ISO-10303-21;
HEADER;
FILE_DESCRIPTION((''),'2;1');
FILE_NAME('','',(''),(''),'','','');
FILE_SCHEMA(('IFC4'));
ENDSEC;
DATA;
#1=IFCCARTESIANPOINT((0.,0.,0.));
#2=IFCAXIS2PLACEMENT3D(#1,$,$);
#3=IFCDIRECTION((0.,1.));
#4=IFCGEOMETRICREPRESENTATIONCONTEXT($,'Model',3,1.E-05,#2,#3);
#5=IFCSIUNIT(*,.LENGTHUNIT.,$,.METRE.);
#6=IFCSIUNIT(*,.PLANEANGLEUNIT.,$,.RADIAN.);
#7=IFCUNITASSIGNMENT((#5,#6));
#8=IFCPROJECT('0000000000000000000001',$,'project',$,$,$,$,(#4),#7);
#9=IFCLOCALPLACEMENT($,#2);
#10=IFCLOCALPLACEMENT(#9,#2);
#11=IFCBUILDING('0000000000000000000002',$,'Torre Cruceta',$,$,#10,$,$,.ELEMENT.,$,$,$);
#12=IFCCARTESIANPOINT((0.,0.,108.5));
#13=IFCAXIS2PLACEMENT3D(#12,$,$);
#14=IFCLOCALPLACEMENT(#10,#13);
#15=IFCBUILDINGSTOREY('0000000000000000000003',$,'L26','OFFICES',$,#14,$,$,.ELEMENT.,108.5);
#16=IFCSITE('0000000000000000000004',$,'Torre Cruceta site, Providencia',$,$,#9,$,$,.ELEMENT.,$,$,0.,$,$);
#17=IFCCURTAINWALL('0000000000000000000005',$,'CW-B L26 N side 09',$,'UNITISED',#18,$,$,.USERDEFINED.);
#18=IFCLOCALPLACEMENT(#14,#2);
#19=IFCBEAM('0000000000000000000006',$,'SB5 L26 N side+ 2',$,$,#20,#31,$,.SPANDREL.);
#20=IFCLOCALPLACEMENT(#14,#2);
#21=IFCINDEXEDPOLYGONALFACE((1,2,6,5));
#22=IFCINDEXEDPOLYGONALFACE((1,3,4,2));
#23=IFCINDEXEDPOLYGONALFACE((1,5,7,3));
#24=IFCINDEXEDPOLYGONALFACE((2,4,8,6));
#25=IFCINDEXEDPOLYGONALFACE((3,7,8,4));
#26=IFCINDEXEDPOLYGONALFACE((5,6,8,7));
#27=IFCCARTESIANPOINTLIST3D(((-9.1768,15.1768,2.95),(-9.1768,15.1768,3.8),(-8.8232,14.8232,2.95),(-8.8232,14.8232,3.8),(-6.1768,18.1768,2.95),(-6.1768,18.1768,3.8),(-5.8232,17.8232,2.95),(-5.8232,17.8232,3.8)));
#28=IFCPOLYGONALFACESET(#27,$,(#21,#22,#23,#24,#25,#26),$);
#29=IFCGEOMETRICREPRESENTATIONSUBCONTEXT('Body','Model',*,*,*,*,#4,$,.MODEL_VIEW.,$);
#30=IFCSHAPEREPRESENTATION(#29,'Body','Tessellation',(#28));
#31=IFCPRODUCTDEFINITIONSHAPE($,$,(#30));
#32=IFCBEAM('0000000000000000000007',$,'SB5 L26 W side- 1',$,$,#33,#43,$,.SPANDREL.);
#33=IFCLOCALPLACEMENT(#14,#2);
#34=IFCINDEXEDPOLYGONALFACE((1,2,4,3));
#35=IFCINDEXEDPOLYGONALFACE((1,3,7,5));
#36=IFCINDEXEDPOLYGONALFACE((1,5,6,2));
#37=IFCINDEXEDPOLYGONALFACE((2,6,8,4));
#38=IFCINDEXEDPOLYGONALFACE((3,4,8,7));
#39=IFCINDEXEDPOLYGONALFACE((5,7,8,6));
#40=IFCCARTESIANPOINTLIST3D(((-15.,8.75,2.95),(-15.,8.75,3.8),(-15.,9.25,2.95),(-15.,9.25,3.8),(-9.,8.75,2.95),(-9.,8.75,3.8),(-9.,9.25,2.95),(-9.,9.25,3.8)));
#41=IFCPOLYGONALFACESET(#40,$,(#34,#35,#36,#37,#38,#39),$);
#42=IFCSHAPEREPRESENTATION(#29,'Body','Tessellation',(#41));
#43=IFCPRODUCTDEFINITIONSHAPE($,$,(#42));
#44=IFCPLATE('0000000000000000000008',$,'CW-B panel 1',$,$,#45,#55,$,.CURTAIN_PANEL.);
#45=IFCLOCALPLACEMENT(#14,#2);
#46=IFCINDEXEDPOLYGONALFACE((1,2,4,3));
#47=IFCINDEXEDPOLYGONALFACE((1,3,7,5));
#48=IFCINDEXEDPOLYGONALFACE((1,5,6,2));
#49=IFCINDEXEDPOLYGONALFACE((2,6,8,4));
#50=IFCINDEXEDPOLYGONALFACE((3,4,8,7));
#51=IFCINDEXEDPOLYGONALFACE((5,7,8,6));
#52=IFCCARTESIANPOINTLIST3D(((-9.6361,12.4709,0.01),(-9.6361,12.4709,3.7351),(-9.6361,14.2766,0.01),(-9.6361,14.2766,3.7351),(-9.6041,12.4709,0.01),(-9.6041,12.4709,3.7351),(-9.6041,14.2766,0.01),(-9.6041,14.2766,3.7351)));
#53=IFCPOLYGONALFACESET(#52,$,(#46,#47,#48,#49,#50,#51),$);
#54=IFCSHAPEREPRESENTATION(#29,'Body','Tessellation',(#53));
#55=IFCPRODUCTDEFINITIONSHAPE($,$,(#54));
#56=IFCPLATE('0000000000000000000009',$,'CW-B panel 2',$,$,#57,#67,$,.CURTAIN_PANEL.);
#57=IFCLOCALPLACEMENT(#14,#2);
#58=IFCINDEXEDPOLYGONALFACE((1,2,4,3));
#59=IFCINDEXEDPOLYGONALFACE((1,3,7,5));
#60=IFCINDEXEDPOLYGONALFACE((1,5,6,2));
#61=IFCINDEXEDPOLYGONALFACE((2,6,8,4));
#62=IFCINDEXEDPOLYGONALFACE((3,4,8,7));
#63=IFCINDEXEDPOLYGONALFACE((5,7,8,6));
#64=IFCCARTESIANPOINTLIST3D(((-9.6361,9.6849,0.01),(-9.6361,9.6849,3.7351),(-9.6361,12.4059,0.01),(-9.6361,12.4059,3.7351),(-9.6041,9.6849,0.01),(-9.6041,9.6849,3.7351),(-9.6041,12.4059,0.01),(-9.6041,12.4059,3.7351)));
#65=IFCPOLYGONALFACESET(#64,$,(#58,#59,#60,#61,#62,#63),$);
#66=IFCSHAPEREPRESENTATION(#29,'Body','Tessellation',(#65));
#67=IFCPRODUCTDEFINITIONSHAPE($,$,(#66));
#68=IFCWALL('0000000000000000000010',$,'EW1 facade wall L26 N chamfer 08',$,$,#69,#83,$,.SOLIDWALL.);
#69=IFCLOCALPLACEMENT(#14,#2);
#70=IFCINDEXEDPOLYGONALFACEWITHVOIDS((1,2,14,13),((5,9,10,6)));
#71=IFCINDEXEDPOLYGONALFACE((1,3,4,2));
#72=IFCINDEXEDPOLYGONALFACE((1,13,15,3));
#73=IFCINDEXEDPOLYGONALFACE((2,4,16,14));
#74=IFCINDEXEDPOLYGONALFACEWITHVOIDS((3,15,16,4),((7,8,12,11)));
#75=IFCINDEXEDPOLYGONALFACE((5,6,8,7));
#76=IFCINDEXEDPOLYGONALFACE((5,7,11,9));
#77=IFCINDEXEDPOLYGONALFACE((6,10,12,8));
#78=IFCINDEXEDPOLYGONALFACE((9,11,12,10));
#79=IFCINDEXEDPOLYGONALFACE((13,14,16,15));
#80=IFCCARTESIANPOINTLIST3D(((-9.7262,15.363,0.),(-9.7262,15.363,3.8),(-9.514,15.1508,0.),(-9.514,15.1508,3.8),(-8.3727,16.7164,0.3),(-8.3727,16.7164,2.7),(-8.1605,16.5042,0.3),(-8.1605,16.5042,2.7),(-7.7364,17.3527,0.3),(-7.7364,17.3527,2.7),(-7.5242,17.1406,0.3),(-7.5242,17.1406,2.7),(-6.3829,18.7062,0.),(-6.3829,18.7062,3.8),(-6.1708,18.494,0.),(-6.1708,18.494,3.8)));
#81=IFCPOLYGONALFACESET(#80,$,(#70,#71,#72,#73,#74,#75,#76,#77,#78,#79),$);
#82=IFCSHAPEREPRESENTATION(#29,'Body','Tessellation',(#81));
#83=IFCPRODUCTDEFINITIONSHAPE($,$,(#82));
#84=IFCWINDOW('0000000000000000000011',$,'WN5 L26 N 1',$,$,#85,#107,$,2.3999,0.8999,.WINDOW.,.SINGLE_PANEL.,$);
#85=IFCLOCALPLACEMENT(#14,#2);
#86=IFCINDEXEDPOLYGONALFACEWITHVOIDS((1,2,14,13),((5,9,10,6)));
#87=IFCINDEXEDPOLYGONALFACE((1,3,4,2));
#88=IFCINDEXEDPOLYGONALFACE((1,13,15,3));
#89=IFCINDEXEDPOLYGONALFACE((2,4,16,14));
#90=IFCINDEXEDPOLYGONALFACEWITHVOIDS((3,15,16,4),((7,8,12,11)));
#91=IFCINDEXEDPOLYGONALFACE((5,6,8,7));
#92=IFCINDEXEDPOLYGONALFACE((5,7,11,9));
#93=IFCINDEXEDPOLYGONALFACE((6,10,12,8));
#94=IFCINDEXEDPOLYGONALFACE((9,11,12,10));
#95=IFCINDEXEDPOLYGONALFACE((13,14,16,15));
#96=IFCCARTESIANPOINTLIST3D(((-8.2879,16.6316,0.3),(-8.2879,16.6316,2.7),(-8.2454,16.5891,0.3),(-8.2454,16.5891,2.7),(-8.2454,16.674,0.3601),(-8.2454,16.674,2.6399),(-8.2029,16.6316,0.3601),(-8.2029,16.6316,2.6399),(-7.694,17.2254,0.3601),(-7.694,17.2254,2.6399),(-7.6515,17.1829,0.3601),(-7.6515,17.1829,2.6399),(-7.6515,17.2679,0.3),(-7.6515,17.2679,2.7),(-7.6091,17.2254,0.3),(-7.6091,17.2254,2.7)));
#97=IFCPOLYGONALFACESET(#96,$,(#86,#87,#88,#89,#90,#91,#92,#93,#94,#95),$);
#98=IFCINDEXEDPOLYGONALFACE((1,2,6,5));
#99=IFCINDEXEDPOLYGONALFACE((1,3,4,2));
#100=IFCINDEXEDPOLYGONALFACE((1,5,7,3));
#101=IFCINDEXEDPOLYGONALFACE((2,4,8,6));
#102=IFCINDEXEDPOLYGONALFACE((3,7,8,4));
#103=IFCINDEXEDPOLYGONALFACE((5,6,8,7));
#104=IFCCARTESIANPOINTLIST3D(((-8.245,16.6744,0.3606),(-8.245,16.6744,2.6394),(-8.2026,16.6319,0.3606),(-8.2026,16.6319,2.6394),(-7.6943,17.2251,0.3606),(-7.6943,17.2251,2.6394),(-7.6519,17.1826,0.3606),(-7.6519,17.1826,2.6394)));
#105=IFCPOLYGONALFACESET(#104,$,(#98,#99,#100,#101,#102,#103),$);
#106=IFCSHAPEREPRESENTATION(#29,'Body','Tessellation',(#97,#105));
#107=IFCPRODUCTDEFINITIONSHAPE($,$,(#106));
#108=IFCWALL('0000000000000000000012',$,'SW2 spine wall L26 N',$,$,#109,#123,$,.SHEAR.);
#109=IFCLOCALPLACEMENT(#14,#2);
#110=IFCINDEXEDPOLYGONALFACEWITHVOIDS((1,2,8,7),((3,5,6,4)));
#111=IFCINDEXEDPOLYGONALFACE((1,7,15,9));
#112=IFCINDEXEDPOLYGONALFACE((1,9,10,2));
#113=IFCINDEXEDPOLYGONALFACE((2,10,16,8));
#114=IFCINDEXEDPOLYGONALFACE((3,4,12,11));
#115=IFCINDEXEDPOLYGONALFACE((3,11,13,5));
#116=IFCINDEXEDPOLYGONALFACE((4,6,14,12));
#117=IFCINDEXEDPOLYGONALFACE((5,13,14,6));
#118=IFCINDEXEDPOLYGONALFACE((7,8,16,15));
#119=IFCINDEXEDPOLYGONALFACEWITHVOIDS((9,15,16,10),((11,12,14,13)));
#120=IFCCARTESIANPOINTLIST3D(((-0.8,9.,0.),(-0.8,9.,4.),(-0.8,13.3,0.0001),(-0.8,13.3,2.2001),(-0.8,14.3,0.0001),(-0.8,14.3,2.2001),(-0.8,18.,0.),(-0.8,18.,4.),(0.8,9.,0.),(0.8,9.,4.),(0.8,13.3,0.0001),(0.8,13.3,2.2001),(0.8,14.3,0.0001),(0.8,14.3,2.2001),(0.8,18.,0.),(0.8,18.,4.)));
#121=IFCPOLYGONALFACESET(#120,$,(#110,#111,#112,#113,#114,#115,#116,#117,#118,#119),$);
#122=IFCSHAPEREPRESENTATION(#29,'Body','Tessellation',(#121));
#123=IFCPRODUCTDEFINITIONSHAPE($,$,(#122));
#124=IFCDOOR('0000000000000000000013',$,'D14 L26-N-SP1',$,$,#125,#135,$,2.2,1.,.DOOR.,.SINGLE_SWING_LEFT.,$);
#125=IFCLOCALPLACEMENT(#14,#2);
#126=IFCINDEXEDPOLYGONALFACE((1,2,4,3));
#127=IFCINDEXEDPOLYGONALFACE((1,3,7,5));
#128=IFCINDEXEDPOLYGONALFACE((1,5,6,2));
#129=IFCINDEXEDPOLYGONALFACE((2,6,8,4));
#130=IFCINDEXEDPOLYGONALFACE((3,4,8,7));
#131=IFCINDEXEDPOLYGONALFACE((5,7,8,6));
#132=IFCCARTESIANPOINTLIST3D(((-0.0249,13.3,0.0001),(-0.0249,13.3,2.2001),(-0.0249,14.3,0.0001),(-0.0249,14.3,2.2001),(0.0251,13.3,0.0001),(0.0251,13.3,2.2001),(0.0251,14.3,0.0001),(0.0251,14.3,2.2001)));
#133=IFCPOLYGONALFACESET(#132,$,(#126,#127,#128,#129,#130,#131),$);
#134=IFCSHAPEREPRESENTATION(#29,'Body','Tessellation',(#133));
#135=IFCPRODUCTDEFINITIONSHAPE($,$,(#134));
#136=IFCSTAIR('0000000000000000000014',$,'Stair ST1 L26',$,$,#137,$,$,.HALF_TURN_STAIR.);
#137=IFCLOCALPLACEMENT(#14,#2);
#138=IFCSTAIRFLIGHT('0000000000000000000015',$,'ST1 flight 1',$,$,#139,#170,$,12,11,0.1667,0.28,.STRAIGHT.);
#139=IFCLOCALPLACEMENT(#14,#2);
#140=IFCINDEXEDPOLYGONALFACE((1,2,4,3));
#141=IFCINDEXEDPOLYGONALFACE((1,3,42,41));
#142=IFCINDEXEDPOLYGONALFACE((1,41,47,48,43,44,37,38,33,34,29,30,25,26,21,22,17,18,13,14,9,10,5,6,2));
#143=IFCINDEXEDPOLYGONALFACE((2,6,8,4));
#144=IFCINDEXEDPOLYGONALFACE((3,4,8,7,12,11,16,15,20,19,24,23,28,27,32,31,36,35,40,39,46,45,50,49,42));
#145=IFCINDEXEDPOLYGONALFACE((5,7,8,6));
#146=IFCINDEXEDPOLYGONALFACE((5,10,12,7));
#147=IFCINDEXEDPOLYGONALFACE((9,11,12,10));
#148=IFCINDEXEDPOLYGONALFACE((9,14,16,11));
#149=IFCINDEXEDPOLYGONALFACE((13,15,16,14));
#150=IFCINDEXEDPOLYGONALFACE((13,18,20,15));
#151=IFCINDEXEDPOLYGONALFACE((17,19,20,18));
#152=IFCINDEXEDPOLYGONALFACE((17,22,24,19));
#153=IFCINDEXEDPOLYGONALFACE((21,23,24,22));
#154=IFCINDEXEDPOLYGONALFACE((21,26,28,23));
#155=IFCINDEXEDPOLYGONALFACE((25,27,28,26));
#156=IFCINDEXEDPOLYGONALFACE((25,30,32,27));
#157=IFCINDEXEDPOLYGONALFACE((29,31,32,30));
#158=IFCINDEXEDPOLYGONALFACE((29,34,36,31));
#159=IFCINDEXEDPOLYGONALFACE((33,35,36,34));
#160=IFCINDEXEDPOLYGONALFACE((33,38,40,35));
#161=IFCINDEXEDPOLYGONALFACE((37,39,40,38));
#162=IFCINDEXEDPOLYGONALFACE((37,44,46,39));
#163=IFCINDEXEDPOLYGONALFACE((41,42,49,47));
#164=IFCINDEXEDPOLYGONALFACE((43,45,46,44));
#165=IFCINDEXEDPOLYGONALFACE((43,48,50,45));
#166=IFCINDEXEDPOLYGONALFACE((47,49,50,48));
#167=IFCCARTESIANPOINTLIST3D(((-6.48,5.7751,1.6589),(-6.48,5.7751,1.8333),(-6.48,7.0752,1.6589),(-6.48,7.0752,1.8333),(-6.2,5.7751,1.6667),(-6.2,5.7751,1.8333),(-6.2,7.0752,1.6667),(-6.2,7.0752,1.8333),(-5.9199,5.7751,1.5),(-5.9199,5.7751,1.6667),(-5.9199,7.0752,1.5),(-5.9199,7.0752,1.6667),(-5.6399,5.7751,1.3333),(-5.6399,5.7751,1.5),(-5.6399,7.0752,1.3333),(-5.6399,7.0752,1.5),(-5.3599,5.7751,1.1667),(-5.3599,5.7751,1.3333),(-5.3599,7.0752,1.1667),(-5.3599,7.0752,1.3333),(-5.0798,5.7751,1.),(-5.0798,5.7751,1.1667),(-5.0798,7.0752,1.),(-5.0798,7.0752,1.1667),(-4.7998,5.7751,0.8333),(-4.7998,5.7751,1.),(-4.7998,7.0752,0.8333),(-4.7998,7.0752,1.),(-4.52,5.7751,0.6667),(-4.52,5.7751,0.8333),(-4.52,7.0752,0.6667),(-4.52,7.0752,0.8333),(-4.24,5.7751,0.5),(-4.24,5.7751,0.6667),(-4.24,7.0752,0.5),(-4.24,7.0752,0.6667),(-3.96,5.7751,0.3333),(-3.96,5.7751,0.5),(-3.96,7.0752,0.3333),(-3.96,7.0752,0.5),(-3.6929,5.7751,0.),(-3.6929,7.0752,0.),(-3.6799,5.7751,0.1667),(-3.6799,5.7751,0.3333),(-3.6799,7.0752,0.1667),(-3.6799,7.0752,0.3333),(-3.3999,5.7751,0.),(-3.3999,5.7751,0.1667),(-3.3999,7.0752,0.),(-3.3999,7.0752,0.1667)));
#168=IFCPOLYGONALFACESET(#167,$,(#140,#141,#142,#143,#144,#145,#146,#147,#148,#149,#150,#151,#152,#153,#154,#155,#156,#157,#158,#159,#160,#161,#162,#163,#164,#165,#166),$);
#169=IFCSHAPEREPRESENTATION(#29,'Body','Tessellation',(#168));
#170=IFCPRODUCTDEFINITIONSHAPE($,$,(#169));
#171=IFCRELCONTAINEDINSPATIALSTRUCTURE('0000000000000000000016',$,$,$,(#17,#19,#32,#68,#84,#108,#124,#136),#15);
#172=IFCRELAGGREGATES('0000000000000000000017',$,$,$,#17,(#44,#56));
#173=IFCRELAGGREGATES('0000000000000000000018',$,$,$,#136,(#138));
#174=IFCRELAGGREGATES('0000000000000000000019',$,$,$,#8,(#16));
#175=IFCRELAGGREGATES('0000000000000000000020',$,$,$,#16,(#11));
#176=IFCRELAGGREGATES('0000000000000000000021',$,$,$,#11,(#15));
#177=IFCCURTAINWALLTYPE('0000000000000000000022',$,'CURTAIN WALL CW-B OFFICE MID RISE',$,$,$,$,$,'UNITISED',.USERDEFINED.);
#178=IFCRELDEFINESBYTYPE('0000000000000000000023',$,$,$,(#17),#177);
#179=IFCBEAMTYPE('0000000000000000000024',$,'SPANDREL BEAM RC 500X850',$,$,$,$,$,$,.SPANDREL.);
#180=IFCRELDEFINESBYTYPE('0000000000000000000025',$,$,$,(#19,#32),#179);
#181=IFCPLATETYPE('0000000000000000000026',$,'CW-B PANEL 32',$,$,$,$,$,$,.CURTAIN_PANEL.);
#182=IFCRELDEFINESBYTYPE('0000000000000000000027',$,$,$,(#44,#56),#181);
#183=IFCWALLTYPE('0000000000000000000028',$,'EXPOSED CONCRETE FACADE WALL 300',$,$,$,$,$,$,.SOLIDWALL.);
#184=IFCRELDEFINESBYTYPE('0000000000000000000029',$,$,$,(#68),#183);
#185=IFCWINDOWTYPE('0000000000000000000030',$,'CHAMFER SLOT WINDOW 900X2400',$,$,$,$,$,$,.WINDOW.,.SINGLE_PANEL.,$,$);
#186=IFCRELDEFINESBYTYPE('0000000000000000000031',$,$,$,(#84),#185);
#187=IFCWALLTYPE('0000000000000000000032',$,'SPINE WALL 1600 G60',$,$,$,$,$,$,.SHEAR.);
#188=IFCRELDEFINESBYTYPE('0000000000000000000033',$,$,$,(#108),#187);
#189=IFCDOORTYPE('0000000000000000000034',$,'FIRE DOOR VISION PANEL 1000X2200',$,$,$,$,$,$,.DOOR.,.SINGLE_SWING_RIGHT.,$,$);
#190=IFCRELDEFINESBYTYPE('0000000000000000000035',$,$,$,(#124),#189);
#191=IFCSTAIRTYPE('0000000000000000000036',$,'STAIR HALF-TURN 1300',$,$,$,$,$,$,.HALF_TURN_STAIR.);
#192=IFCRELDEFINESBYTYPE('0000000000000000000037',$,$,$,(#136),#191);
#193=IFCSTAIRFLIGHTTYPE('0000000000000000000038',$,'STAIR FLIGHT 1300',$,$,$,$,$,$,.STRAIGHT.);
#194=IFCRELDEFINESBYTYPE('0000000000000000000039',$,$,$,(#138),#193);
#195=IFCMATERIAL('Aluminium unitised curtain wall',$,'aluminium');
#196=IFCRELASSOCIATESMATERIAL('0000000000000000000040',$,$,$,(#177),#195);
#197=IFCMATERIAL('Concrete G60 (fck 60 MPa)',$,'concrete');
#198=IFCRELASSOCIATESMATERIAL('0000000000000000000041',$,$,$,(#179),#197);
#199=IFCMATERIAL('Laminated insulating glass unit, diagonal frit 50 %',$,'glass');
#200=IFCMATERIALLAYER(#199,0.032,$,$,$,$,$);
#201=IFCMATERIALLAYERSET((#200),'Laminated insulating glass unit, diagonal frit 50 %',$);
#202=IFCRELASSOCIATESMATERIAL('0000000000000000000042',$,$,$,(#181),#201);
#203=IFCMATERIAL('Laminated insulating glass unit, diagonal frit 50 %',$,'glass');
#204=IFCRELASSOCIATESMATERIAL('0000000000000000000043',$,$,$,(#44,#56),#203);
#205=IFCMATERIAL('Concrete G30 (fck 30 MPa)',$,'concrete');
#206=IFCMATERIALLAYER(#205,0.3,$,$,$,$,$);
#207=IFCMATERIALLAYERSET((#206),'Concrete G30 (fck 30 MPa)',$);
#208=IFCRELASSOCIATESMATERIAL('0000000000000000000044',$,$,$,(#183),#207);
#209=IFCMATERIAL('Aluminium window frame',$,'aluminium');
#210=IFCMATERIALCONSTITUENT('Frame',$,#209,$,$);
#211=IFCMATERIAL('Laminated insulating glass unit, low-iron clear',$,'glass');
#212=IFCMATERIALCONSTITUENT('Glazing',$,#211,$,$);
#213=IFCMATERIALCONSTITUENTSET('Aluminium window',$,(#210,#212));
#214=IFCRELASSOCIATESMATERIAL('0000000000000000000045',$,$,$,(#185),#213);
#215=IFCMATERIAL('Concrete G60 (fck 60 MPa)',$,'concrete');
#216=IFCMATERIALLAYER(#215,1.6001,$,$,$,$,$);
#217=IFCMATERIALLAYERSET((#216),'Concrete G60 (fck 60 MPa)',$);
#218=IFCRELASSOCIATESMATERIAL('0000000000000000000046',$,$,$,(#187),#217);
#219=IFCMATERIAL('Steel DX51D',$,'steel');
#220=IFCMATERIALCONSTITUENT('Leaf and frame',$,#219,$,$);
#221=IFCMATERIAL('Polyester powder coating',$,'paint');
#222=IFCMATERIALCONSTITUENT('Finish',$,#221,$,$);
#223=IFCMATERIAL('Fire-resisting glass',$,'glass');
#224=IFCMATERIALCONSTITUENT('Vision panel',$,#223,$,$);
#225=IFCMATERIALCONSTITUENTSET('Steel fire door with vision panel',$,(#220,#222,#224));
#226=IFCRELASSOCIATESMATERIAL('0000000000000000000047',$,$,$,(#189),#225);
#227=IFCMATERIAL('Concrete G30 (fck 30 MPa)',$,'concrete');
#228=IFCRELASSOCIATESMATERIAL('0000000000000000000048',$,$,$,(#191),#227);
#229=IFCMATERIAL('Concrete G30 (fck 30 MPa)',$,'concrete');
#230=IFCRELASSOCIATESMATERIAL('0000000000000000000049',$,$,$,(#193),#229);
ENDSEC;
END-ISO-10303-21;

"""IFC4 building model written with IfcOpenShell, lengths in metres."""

from ifc_helpers import new_model, si_unit, direction, frame, frame_2d, origin, origin_2d, place, context, subcontext, project, spatial, polyline, rectangle, hollow_rectangle, outline, extrude, material, layer, layer_set, constituent, constituent_set, material_profile, profile_set, type_object, element, fill, aggregate, save


model = new_model("IFC4")

# Units and contexts
model_context = context("Model", 3, precision=1e-05, world=origin(), true_north=direction((0.0, 1.0)))
body_context = subcontext(model_context, "Body", "Model", "MODEL_VIEW")
ifc_project = project(units=[si_unit("LENGTHUNIT", "METRE"), si_unit("PLANEANGLEUNIT", "RADIAN")], contexts=[model_context])

# Site, building, storey
site_placement = place(None, origin())
site = spatial("IfcSite", under=ifc_project, at=site_placement, Name="Torre Cruceta site, Providencia", CompositionType="ELEMENT", RefElevation=0.0)
building_placement = place(site_placement, origin())
building = spatial("IfcBuilding", under=site, at=building_placement, Name="Torre Cruceta", CompositionType="ELEMENT")
storey_placement = place(building_placement, frame((0.0, 0.0, 108.5)))
storey = spatial("IfcBuildingStorey", under=building, at=storey_placement, Name="L26", Description="OFFICES", CompositionType="ELEMENT", Elevation=108.5)

# Curtain wall
ifc_material_1 = material(Name="Aluminium unitised curtain wall", Category="aluminium")
curtain_wall_type = type_object("IfcCurtainWallType", Name="CURTAIN WALL CW-B OFFICE MID RISE", ElementType="UNITISED", PredefinedType="USERDEFINED", material=ifc_material_1)
curtain_wall_placement = place(storey_placement, origin())
curtain_wall = element("IfcCurtainWall", 1, at=curtain_wall_placement, inside=storey, type_object=curtain_wall_type, Name="CW-B L26 N side 09", ObjectType="UNITISED", PredefinedType="USERDEFINED")

# Beams
ifc_material_2 = material(Name="Concrete G60 (fck 60 MPa)", Category="concrete")
ifc_material_profile_1 = material_profile(ifc_material_2, rectangle(XDim=0.5, YDim=0.8501, at=origin_2d()), Name="RC 500X850")
ifc_profile_set_1 = profile_set([ifc_material_profile_1], Name="Concrete G60 (fck 60 MPa)")
beam_type_1 = type_object("IfcBeamType", Name="SPANDREL BEAM RC 500X850", PredefinedType="SPANDREL", material=ifc_profile_set_1)
beam_1_placement = place(storey_placement, frame((-9.0, 15.0, 3.375), z_axis=(0.707107, 0.707107, 0.0), x_axis=(-0.707107, 0.707107, 0.0)))
element("IfcBeam", 2, at=beam_1_placement, inside=storey, type_object=beam_type_1, Name="SB5 L26 N side+ 2", PredefinedType="SPANDREL", context=body_context, shape_type="SweptSolid", body=[
    extrude(rectangle(XDim=0.5, YDim=0.8501, at=origin_2d()), origin(), (0.0, 0.0, 1.0), 4.2427),
])
beam_2_placement = place(storey_placement, frame((-9.0, 9.0, 3.375), z_axis=(-1.0, 0.0, 0.0), x_axis=(0.0, -1.0, 0.0)))
element("IfcBeam", 3, at=beam_2_placement, inside=storey, type_object=beam_type_1, Name="SB5 L26 W side- 1", PredefinedType="SPANDREL", context=body_context, shape_type="SweptSolid", body=[
    extrude(rectangle(XDim=0.5, YDim=0.8501, at=origin_2d()), origin(), (0.0, 0.0, 1.0), 6.0),
])

# Plates
ifc_material_3 = material(Name="Laminated insulating glass unit, diagonal frit 50 %", Category="glass")
ifc_material_4 = material(Name="Laminated insulating glass unit, diagonal frit 50 %", Category="glass")
ifc_layer_1 = layer(ifc_material_4, 0.032)
ifc_layer_set_1 = layer_set([ifc_layer_1], Name="Laminated insulating glass unit, diagonal frit 50 %")
plate_type = type_object("IfcPlateType", Name="CW-B PANEL 32", PredefinedType="CURTAIN_PANEL", material=ifc_layer_set_1)
plate_1_placement = place(storey_placement, frame((-9.6201, 13.3738, 0.01), z_axis=(0.0, 0.0, 1.0), x_axis=(0.0, -1.0, 0.0)))
plate_1 = element("IfcPlate", 4, at=plate_1_placement, type_object=plate_type, material=ifc_material_3, Name="CW-B panel 1", PredefinedType="CURTAIN_PANEL", context=body_context, shape_type="SweptSolid", body=[
    extrude(rectangle(XDim=1.8057, YDim=0.032, at=origin_2d()), origin(), (0.0, 0.0, 1.0), 3.7251),
])
plate_2_placement = place(storey_placement, frame((-9.6201, 11.0454, 0.01), z_axis=(0.0, 0.0, 1.0), x_axis=(0.0, -1.0, 0.0)))
plate_2 = element("IfcPlate", 5, at=plate_2_placement, type_object=plate_type, material=ifc_material_3, Name="CW-B panel 2", PredefinedType="CURTAIN_PANEL", context=body_context, shape_type="SweptSolid", body=[
    extrude(rectangle(XDim=2.7209, YDim=0.032, at=origin_2d()), origin(), (0.0, 0.0, 1.0), 3.7251),
])
aggregate(curtain_wall, [plate_1, plate_2])

# Wall, opening, window
ifc_material_5 = material(Name="Concrete G30 (fck 30 MPa)", Category="concrete")
ifc_layer_2 = layer(ifc_material_5, 0.3)
ifc_layer_set_2 = layer_set([ifc_layer_2], Name="Concrete G30 (fck 30 MPa)")
wall_type_1 = type_object("IfcWallType", Name="EXPOSED CONCRETE FACADE WALL 300", PredefinedType="SOLIDWALL", material=ifc_layer_set_2)
wall_1_placement = place(storey_placement, frame((-6.2769, 18.6001, 0.0), z_axis=(0.0, 0.0, 1.0), x_axis=(-0.707107, -0.707107, 0.0)))
wall_1 = element("IfcWall", 6, at=wall_1_placement, inside=storey, type_object=wall_type_1, Name="EW1 facade wall L26 N chamfer 08", PredefinedType="SOLIDWALL", context=body_context, shape_type="SweptSolid", body=[
    extrude(rectangle(XDim=4.728, YDim=0.3, at=frame_2d((2.364, 0.0))), origin(), (0.0, 0.0, 1.0), 3.8),
])
opening_1_placement = place(wall_1_placement, frame((1.9141, 0.0, 0.3)))
opening_1 = element("IfcOpeningElement", 7, at=opening_1_placement, cuts=wall_1, PredefinedType="OPENING", context=body_context, shape_type="SweptSolid", body=[
    extrude(rectangle(XDim=0.8999, YDim=2.3999, at=frame_2d((0.45, 1.2))), frame((0.0, 0.1599, 0.0), z_axis=(0.0, -1.0, 0.0), x_axis=(1.0, 0.0, 0.0)), (0.0, 0.0, 1.0), 0.3201),
])
ifc_material_6 = material(Name="Aluminium window frame", Category="aluminium")
ifc_constituent_1 = constituent(ifc_material_6, Name="Frame")
ifc_material_7 = material(Name="Laminated insulating glass unit, low-iron clear", Category="glass")
ifc_constituent_2 = constituent(ifc_material_7, Name="Glazing")
ifc_constituent_set_1 = constituent_set(constituents=[ifc_constituent_1, ifc_constituent_2], Name="Aluminium window")
window_type = type_object("IfcWindowType", Name="CHAMFER SLOT WINDOW 900X2400", PartitioningType="SINGLE_PANEL", PredefinedType="WINDOW", material=ifc_constituent_set_1)
window_placement = place(opening_1_placement, origin())
window = element("IfcWindow", 8, at=window_placement, inside=storey, type_object=window_type, Name="WN5 L26 N 1", OverallHeight=2.3999, OverallWidth=0.8999, PartitioningType="SINGLE_PANEL", PredefinedType="WINDOW", context=body_context, shape_type="SweptSolid", body=[
    extrude(hollow_rectangle(XDim=0.8999, YDim=2.3999, WallThickness=0.0601, at=frame_2d((0.45, 1.2))), frame((0.0, 0.03, 0.0), z_axis=(0.0, -1.0, 0.0), x_axis=(1.0, 0.0, 0.0)), (0.0, 0.0, 1.0), 0.0601),
    extrude(rectangle(XDim=0.7788, YDim=2.2788, at=frame_2d((0.45, 1.2))), frame((0.0, 0.03, 0.0), z_axis=(0.0, -1.0, 0.0), x_axis=(1.0, 0.0, 0.0)), (0.0, 0.0, 1.0), 0.0601),
])
fill(opening_1, window)

# Wall, opening, door
ifc_material_8 = material(Name="Concrete G60 (fck 60 MPa)", Category="concrete")
ifc_layer_3 = layer(ifc_material_8, 1.6001)
ifc_layer_set_3 = layer_set([ifc_layer_3], Name="Concrete G60 (fck 60 MPa)")
wall_type_2 = type_object("IfcWallType", Name="SPINE WALL 1600 G60", PredefinedType="SHEAR", material=ifc_layer_set_3)
wall_2_placement = place(storey_placement, frame((0.0, 9.0, 0.0), z_axis=(0.0, 0.0, 1.0), x_axis=(0.0, 1.0, 0.0)))
wall_2 = element("IfcWall", 9, at=wall_2_placement, inside=storey, type_object=wall_type_2, Name="SW2 spine wall L26 N", PredefinedType="SHEAR", context=body_context, shape_type="SweptSolid", body=[
    extrude(rectangle(XDim=9.0, YDim=1.6001, at=frame_2d((4.5, 0.0))), origin(), (0.0, 0.0, 1.0), 4.0),
])
opening_2_placement = place(wall_2_placement, frame((4.3, 0.0, 0.0)))
opening_2 = element("IfcOpeningElement", 10, at=opening_2_placement, cuts=wall_2, PredefinedType="OPENING", context=body_context, shape_type="SweptSolid", body=[
    extrude(rectangle(XDim=1.0, YDim=2.2, at=frame_2d((0.5, 1.1001))), frame((0.0, 0.8101, 0.0), z_axis=(0.0, -1.0, 0.0), x_axis=(1.0, 0.0, 0.0)), (0.0, 0.0, 1.0), 1.6201),
])
ifc_material_9 = material(Name="Steel DX51D", Category="steel")
ifc_constituent_3 = constituent(ifc_material_9, Name="Leaf and frame")
ifc_material_10 = material(Name="Polyester powder coating", Category="paint")
ifc_constituent_4 = constituent(ifc_material_10, Name="Finish")
ifc_material_11 = material(Name="Fire-resisting glass", Category="glass")
ifc_constituent_5 = constituent(ifc_material_11, Name="Vision panel")
ifc_constituent_set_2 = constituent_set(constituents=[ifc_constituent_3, ifc_constituent_4, ifc_constituent_5], Name="Steel fire door with vision panel")
door_type_1 = type_object("IfcDoorType", Name="FIRE DOOR VISION PANEL 1000X2200", OperationType="SINGLE_SWING_RIGHT", PredefinedType="DOOR", material=ifc_constituent_set_2)
door_1_placement = place(opening_2_placement, frame((1.0, 0.0, 0.0), z_axis=(0.0, 0.0, 1.0), x_axis=(-1.0, 0.0, 0.0)))
door_1 = element("IfcDoor", 11, at=door_1_placement, inside=storey, type_object=door_type_1, Name="D14 L26-N-SP1", OperationType="SINGLE_SWING_LEFT", OverallHeight=2.2, OverallWidth=1.0, PredefinedType="DOOR", context=body_context, shape_type="SweptSolid", body=[
    extrude(rectangle(XDim=1.0, YDim=2.2, at=frame_2d((0.5, 1.1001))), frame((0.0, 0.0251, 0.0), z_axis=(0.0, -1.0, 0.0), x_axis=(1.0, 0.0, 0.0)), (0.0, 0.0, 1.0), 0.05),
])
fill(opening_2, door_1)

# Stair, stair flight
ifc_material_12 = material(Name="Concrete G30 (fck 30 MPa)", Category="concrete")
stair_type = type_object("IfcStairType", Name="STAIR HALF-TURN 1300", PredefinedType="HALF_TURN_STAIR", material=ifc_material_12)
stair_placement = place(storey_placement, origin())
stair = element("IfcStair", 12, at=stair_placement, inside=storey, type_object=stair_type, Name="Stair ST1 L26", PredefinedType="HALF_TURN_STAIR")
ifc_material_13 = material(Name="Concrete G30 (fck 30 MPa)", Category="concrete")
stair_flight_type = type_object("IfcStairFlightType", Name="STAIR FLIGHT 1300", PredefinedType="STRAIGHT", material=ifc_material_13)
stair_flight_1_placement = place(storey_placement, frame((-3.3999, 6.425, 0.0), z_axis=(0.0, 0.0, 1.0), x_axis=(-1.0, 0.0, 0.0)))
stair_flight_1 = element("IfcStairFlight", 13, at=stair_flight_1_placement, type_object=stair_flight_type, Name="ST1 flight 1", NumberOfRisers=12, NumberOfTreads=11, PredefinedType="STRAIGHT", RiserHeight=0.1667, TreadLength=0.28, context=body_context, shape_type="SweptSolid", body=[
    extrude(outline(polyline([(0.0, 0.0), (0.0, 0.1667), (0.28, 0.1667), (0.28, 0.3333), (0.5601, 0.3333), (0.5601, 0.5), (0.8401, 0.5), (0.8401, 0.6667), (1.1201, 0.6667), (1.1201, 0.8333), (1.3999, 0.8333), (1.3999, 1.0), (1.6799, 1.0), (1.6799, 1.1667), (1.96, 1.1667), (1.96, 1.3333), (2.24, 1.3333), (2.24, 1.5), (2.52, 1.5), (2.52, 1.6667), (2.8, 1.6667), (2.8, 1.8333), (3.0801, 1.8333), (3.0801, 2.0), (3.0801, 1.6589), (0.293, 0.0), (0.0, 0.0)])), frame((0.0, 0.6499, 0.0), z_axis=(0.0, -1.0, 0.0), x_axis=(1.0, 0.0, 0.0)), (0.0, 0.0, 1.0), 1.3),
])
aggregate(stair, [stair_flight_1])

save(model, "model.ifc")
